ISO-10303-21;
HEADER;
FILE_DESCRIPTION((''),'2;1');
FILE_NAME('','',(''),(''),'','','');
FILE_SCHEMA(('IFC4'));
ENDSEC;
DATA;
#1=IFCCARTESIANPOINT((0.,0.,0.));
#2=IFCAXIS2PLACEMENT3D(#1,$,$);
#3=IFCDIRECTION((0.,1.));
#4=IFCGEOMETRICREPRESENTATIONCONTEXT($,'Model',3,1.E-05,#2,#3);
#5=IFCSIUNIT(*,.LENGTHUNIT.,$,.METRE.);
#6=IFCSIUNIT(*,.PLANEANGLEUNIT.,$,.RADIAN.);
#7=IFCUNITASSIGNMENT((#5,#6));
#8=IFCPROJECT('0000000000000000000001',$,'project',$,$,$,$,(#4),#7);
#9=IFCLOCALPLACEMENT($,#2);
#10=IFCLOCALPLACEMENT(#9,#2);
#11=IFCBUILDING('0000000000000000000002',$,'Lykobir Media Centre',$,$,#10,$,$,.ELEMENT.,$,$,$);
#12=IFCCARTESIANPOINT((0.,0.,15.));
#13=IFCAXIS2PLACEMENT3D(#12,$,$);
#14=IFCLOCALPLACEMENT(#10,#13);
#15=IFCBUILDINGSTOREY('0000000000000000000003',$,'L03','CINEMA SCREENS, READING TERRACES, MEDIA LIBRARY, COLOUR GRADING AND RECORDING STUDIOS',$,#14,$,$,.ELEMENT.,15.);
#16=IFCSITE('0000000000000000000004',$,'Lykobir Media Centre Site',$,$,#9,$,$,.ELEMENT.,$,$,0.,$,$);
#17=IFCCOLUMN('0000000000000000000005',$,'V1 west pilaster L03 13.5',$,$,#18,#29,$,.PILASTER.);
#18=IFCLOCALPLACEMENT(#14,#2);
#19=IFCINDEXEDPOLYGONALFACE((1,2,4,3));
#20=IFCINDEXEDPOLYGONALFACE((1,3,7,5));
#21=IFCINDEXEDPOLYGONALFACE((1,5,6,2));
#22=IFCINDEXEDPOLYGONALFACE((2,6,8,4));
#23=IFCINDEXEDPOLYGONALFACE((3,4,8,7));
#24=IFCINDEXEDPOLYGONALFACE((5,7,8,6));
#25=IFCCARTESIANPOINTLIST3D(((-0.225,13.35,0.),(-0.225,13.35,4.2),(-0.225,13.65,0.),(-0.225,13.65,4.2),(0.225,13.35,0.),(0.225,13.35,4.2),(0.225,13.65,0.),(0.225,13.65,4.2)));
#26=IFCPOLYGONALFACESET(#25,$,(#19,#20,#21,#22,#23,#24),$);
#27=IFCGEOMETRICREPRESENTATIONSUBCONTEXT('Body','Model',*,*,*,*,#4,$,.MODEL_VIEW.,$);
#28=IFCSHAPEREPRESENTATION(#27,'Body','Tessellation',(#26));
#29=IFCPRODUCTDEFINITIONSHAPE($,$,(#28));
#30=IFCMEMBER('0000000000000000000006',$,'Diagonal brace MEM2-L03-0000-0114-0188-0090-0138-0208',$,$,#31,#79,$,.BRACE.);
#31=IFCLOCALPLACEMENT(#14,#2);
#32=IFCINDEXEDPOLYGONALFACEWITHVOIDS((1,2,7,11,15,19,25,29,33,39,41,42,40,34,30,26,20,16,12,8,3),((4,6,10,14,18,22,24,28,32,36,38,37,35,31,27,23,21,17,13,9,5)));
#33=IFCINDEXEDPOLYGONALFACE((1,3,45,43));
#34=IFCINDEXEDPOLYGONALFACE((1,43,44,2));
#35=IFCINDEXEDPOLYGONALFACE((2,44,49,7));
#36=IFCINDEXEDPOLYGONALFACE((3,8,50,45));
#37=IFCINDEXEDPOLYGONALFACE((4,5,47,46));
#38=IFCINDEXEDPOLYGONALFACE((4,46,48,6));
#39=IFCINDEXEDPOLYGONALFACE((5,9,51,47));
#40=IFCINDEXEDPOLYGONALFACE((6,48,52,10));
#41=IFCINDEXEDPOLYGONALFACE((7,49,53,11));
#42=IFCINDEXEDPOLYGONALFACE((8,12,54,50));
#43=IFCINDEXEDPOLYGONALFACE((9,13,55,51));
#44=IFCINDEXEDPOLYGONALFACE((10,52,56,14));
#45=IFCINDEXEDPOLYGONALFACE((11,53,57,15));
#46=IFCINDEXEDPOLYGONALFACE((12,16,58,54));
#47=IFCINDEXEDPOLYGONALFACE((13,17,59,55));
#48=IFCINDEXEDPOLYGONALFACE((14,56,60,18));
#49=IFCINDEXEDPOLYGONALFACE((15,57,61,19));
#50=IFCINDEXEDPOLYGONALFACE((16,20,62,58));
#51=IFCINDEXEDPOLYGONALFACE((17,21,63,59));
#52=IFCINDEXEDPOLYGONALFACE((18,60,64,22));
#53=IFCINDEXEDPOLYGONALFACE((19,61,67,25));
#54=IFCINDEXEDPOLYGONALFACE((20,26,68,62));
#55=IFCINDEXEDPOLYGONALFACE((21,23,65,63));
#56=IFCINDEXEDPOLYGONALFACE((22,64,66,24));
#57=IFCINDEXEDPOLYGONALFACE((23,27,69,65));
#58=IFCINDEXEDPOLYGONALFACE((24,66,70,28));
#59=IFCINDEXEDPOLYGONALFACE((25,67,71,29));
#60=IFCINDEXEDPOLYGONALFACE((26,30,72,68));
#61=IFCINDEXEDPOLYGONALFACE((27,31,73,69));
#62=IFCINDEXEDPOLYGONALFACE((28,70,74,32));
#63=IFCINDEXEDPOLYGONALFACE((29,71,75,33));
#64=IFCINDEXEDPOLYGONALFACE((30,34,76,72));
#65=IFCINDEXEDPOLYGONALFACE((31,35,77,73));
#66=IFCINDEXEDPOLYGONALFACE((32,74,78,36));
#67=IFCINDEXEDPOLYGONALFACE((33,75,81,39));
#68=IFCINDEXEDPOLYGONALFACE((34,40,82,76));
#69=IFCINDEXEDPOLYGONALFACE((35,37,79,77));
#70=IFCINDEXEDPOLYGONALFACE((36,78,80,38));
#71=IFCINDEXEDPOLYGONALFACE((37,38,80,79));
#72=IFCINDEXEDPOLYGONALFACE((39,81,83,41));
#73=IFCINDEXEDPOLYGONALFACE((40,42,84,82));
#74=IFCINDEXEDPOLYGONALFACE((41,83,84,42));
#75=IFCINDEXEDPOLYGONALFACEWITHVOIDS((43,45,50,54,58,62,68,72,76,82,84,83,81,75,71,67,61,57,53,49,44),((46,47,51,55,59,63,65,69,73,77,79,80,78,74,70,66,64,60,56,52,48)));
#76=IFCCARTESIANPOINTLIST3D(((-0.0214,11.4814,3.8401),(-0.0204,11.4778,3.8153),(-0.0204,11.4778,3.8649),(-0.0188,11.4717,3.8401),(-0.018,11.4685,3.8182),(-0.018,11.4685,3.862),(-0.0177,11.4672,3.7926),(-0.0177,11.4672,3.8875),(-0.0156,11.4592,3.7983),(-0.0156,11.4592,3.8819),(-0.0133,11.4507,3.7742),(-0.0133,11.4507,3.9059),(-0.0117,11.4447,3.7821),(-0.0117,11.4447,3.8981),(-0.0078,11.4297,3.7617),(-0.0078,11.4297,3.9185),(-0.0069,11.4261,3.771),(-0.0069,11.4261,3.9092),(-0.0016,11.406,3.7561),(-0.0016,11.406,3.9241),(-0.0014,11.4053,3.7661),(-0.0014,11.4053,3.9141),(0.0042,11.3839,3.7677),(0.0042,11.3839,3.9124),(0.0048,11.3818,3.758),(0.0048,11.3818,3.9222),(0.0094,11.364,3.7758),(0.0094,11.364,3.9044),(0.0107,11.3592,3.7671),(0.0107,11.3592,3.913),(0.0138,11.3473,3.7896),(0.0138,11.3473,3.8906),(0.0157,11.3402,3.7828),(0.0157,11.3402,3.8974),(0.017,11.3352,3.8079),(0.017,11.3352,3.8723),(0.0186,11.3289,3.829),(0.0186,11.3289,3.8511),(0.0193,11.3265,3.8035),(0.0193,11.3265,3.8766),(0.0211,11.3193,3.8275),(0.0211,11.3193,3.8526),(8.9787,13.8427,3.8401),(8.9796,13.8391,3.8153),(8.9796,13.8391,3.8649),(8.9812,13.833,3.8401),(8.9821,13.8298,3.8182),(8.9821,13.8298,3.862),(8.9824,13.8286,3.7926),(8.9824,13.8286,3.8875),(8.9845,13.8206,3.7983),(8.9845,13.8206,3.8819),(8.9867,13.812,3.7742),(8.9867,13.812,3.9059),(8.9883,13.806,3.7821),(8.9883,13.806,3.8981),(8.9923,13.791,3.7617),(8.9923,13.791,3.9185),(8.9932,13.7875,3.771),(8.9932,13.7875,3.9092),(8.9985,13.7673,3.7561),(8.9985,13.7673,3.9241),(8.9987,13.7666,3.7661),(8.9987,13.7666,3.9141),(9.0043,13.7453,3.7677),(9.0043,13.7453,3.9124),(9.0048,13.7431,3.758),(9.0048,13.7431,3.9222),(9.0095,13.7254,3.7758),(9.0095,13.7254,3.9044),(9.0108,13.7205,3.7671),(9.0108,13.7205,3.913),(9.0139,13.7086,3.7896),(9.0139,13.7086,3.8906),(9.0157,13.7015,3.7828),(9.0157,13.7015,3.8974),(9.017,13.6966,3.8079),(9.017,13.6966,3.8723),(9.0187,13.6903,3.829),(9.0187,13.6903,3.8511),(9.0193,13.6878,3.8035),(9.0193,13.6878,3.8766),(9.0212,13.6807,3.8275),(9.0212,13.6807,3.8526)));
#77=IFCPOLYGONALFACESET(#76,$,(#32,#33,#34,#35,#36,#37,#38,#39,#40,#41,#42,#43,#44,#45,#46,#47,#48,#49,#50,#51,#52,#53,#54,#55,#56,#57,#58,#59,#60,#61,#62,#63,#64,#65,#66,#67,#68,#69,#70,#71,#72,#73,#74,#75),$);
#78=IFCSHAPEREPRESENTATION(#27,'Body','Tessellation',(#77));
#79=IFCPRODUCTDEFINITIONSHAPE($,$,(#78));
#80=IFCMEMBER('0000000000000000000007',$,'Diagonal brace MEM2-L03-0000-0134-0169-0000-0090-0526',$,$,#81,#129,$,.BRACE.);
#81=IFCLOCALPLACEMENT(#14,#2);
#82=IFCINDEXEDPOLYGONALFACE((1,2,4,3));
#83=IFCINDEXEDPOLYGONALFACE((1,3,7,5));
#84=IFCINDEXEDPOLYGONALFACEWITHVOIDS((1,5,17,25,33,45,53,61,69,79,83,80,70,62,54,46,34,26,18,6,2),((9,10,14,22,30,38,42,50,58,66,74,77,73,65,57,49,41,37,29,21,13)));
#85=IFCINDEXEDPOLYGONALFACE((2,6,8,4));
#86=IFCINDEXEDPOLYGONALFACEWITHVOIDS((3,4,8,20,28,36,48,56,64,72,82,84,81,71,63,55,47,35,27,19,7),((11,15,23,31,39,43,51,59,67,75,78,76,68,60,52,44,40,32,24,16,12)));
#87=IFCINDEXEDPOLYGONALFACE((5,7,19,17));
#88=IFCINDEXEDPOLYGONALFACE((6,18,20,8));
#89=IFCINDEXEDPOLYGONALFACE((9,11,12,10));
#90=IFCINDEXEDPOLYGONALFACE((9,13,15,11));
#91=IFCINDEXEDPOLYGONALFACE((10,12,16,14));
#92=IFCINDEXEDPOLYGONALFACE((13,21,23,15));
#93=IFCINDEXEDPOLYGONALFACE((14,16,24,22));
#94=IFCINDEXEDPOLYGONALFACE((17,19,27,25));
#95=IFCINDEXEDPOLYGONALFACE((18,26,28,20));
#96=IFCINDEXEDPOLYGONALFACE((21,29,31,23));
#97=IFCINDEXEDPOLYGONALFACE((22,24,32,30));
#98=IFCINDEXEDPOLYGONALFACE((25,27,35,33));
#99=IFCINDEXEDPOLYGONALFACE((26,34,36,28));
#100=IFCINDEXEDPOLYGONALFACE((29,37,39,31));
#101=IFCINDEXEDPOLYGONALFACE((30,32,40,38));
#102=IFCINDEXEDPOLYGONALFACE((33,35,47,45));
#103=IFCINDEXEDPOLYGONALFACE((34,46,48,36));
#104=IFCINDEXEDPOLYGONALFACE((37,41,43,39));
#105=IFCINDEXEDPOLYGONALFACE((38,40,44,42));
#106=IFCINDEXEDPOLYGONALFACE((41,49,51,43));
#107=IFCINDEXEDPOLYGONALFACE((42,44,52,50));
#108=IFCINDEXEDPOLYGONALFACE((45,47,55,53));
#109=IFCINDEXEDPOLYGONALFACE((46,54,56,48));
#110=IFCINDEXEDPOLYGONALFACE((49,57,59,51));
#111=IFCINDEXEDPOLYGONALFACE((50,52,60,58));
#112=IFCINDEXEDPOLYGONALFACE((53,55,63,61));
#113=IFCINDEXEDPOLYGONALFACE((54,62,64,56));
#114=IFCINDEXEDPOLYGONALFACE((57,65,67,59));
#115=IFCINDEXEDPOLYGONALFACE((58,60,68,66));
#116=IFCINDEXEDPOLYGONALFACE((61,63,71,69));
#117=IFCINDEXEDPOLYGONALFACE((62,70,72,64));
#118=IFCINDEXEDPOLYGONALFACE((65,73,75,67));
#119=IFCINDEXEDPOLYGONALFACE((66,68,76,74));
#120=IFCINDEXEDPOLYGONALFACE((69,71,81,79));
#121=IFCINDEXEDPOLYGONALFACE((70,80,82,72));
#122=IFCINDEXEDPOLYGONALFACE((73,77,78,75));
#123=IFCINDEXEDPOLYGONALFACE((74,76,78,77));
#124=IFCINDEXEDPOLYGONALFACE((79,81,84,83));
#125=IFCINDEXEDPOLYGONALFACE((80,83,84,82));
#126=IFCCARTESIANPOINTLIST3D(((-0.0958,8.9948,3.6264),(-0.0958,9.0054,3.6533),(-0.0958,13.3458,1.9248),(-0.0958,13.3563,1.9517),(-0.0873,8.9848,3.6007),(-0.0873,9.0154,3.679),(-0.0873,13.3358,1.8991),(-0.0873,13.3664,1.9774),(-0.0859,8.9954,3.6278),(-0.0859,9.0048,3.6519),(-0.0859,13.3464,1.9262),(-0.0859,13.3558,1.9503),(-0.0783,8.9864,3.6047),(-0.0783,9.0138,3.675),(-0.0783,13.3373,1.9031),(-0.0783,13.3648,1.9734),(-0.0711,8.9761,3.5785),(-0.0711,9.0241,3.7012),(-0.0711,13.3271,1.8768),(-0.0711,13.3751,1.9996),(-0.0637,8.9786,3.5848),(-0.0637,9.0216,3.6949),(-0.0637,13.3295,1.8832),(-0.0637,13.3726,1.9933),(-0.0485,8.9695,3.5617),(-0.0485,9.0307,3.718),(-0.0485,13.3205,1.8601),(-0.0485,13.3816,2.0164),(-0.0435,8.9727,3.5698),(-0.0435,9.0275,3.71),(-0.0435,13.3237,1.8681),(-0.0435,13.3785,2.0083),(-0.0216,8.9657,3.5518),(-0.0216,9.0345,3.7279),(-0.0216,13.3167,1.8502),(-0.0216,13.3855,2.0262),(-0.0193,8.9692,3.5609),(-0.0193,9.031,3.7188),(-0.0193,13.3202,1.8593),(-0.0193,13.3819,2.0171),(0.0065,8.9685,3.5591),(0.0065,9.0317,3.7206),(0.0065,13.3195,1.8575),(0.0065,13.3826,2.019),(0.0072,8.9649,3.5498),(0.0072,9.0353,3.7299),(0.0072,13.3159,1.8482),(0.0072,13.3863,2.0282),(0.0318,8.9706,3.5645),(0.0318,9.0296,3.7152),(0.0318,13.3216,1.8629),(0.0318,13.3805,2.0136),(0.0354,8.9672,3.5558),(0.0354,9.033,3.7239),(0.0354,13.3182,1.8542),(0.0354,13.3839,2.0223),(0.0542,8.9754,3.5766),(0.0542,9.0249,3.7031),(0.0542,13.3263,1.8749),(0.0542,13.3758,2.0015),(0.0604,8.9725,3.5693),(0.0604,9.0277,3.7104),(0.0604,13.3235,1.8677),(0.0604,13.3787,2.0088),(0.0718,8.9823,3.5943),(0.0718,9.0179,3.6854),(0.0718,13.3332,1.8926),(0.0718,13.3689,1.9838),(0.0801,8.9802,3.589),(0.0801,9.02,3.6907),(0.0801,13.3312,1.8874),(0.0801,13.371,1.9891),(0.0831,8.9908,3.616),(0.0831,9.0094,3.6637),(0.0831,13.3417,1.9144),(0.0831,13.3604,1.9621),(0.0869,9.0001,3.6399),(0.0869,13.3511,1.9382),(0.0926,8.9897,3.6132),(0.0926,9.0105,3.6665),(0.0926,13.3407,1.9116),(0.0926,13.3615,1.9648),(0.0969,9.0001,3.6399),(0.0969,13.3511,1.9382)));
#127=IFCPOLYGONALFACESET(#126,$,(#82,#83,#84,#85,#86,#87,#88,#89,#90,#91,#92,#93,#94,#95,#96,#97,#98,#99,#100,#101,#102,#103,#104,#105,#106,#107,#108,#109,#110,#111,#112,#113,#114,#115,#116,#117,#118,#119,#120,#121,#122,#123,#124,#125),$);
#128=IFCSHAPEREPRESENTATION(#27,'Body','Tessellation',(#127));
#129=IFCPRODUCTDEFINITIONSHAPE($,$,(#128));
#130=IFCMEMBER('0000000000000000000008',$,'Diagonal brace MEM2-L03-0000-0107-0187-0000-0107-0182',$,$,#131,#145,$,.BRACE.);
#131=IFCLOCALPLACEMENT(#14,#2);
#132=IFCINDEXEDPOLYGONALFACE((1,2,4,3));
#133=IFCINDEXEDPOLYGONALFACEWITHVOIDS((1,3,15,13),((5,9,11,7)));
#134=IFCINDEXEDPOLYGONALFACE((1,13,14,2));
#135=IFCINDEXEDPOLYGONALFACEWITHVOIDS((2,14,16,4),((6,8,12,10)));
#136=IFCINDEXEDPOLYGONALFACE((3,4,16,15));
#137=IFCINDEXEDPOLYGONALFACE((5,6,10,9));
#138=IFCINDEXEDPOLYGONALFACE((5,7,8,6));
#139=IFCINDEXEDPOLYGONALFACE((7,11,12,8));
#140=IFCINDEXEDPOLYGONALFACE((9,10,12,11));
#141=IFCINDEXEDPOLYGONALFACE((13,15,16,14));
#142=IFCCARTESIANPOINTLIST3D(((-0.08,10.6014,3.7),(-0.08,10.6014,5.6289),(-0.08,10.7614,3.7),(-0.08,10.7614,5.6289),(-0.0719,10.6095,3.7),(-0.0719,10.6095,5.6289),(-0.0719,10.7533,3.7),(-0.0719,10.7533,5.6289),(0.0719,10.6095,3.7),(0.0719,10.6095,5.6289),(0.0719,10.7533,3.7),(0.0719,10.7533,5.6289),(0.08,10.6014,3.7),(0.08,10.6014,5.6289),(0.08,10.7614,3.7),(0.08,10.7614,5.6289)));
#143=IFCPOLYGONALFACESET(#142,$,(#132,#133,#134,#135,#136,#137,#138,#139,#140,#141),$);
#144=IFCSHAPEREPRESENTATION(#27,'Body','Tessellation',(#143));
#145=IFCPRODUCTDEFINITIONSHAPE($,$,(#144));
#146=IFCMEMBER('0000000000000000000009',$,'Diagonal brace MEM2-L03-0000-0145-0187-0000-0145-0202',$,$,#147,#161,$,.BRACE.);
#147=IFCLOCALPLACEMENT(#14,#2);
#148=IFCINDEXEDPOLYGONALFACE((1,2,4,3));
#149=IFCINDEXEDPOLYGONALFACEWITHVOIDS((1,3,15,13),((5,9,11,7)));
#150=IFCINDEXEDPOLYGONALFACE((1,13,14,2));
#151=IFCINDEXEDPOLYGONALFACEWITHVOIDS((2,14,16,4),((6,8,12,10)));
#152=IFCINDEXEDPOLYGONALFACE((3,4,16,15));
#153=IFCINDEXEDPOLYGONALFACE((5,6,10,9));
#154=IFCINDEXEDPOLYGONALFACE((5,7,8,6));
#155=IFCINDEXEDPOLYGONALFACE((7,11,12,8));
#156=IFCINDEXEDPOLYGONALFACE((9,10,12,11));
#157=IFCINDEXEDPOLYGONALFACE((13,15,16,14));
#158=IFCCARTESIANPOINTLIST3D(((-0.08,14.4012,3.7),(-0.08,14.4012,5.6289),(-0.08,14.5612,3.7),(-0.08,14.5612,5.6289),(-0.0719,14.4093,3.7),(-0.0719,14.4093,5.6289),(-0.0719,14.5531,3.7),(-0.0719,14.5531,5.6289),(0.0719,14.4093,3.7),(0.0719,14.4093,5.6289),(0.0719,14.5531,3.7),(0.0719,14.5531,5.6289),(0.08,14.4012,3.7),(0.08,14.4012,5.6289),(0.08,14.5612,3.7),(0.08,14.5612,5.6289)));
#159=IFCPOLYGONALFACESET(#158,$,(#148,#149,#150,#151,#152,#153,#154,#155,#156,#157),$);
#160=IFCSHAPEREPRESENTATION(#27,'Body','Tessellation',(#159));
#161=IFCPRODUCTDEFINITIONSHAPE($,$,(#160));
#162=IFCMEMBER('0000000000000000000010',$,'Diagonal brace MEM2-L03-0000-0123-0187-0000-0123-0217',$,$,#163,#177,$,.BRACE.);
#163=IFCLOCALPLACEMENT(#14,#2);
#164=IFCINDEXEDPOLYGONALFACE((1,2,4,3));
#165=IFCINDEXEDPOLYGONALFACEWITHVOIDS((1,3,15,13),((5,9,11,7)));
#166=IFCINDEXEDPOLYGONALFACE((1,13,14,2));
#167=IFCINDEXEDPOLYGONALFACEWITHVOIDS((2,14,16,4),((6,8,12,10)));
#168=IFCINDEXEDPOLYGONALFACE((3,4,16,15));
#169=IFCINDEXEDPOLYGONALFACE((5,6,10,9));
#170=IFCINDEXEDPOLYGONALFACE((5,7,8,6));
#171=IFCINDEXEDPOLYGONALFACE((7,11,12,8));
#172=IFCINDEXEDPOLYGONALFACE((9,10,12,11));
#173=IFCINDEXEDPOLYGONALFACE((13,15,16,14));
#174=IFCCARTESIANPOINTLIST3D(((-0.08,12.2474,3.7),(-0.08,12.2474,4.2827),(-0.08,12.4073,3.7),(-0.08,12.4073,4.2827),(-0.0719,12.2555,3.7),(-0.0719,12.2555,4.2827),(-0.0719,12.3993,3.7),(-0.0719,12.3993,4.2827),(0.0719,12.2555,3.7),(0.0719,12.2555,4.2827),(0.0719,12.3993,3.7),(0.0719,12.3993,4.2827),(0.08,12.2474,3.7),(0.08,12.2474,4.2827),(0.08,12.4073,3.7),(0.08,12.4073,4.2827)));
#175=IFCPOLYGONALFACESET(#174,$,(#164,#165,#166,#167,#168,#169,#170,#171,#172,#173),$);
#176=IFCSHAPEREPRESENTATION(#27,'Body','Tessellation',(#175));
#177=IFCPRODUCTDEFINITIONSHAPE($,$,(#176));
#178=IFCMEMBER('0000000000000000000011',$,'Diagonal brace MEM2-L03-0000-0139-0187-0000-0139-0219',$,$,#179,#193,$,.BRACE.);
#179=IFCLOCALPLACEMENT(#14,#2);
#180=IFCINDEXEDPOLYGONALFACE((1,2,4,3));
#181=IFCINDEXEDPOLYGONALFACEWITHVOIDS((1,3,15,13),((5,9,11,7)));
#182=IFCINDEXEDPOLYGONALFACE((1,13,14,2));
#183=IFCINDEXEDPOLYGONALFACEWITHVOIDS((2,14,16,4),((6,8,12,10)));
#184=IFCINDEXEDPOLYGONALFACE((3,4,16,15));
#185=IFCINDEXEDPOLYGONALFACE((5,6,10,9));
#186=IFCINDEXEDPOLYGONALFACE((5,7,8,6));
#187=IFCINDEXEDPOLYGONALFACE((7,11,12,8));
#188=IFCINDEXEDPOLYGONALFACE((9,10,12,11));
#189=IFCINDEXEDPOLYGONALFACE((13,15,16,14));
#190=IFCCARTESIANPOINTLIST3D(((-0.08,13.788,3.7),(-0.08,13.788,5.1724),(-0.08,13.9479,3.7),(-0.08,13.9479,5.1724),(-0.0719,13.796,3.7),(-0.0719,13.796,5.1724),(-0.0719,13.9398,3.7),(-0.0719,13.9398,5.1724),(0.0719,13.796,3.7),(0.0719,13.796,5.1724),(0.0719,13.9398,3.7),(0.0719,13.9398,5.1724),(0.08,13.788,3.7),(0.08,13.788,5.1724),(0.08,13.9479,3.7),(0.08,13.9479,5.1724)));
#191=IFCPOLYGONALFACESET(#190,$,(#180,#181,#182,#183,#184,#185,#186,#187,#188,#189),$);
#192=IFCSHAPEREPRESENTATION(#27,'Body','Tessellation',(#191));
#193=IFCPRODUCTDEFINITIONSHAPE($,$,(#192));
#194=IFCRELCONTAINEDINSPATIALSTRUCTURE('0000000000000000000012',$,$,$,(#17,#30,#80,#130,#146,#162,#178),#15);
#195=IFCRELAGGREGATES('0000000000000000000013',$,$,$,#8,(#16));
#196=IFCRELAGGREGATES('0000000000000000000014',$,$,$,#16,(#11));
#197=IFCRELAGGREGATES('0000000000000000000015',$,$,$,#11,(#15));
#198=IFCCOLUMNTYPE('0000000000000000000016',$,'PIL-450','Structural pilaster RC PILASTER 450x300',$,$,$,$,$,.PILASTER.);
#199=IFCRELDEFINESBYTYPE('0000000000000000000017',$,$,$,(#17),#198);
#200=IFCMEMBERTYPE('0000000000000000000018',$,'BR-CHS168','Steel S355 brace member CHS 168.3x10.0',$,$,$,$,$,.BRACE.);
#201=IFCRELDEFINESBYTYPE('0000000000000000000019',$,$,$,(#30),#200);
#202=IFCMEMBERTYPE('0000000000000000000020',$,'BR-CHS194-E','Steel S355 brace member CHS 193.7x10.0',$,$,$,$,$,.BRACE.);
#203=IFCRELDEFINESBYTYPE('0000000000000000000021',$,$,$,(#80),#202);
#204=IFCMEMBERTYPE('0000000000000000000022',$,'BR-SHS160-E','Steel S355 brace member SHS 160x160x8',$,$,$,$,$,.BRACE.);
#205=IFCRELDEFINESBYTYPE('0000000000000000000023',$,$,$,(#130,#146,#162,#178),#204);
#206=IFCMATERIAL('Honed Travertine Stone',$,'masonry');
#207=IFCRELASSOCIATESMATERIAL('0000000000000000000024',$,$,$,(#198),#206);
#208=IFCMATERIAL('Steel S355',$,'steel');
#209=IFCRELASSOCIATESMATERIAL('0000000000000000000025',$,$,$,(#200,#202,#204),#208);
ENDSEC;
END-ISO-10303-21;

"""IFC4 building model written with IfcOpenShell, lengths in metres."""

from ifc_helpers import new_model, si_unit, direction, frame, origin, origin_2d, place, context, subcontext, project, spatial, rectangle, hollow_rectangle, hollow_circle, extrude, material, material_profile, profile_set, type_object, element, save


model = new_model("IFC4")

# Units and contexts
model_context = context("Model", 3, precision=1e-05, world=origin(), true_north=direction((0.0, 1.0)))
body_context = subcontext(model_context, "Body", "Model", "MODEL_VIEW")
ifc_project = project(units=[si_unit("LENGTHUNIT", "METRE"), si_unit("PLANEANGLEUNIT", "RADIAN")], contexts=[model_context])

# Site, building, storey
site_placement = place(None, origin())
site = spatial("IfcSite", under=ifc_project, at=site_placement, Name="Lykobir Media Centre Site", CompositionType="ELEMENT", RefElevation=0.0)
building_placement = place(site_placement, origin())
building = spatial("IfcBuilding", under=site, at=building_placement, Name="Lykobir Media Centre", CompositionType="ELEMENT")
storey_placement = place(building_placement, frame((0.0, 0.0, 15.0)))
storey = spatial("IfcBuildingStorey", under=building, at=storey_placement, Name="L03", Description="CINEMA SCREENS, READING TERRACES, MEDIA LIBRARY, COLOUR GRADING AND RECORDING STUDIOS", CompositionType="ELEMENT", Elevation=15.0)

# Column
ifc_material_1 = material(Name="Honed Travertine Stone", Category="masonry")
ifc_material_profile_1 = material_profile(ifc_material_1, rectangle(XDim=0.3, YDim=0.45, at=origin_2d()), Name="RC PILASTER 450x300")
ifc_profile_set_1 = profile_set([ifc_material_profile_1], Name="Honed Travertine Stone")
column_type = type_object("IfcColumnType", Name="PIL-450", Description="Structural pilaster RC PILASTER 450x300", PredefinedType="PILASTER", material=ifc_profile_set_1)
column_placement = place(storey_placement, frame((0.0, 13.5, 0.0), z_axis=(0.0, 0.0, 1.0), x_axis=(0.0, 1.0, 0.0)))
element("IfcColumn", 1, at=column_placement, inside=storey, type_object=column_type, Name="V1 west pilaster L03 13.5", PredefinedType="PILASTER", context=body_context, shape_type="SweptSolid", body=[
    extrude(rectangle(XDim=0.3, YDim=0.45, at=origin_2d()), origin(), (0.0, 0.0, 1.0), 4.2),
])

# Members
ifc_material_2 = material(Name="Steel S355", Category="steel")
ifc_material_profile_2 = material_profile(ifc_material_2, hollow_circle(Radius=0.0842, WallThickness=0.01, at=origin_2d()), Name="CHS 168.3x10.0")
ifc_profile_set_2 = profile_set([ifc_material_profile_2], Name="Steel S355")
member_type_1 = type_object("IfcMemberType", Name="BR-CHS168", Description="Steel S355 brace member CHS 168.3x10.0", PredefinedType="BRACE", material=ifc_profile_set_2)
member_1_placement = place(storey_placement, frame((0.0, 11.3999, 3.8401), z_axis=(0.967262, 0.25378, 0.0), x_axis=(-0.25378, 0.967262, 0.0)))
element("IfcMember", 2, at=member_1_placement, inside=storey, type_object=member_type_1, Name="Diagonal brace MEM2-L03-0000-0114-0188-0090-0138-0208", PredefinedType="BRACE", context=body_context, shape_type="SweptSolid", body=[
    extrude(hollow_circle(Radius=0.0842, WallThickness=0.01, at=origin_2d()), origin(), (0.0, 0.0, 1.0), 9.3047),
])
ifc_material_profile_3 = material_profile(ifc_material_2, hollow_circle(Radius=0.0969, WallThickness=0.01, at=origin_2d()), Name="CHS 193.7x10.0")
ifc_profile_set_3 = profile_set([ifc_material_profile_3], Name="Steel S355")
member_type_2 = type_object("IfcMemberType", Name="BR-CHS194-E", Description="Steel S355 brace member CHS 193.7x10.0", PredefinedType="BRACE", material=ifc_profile_set_3)
member_2_placement = place(storey_placement, frame((0.0, 13.3511, 1.9382), z_axis=(0.0, -0.931311, 0.364226), x_axis=(1.0, 0.0, 0.0)))
element("IfcMember", 3, at=member_2_placement, inside=storey, type_object=member_type_2, Name="Diagonal brace MEM2-L03-0000-0134-0169-0000-0090-0526", PredefinedType="BRACE", context=body_context, shape_type="SweptSolid", body=[
    extrude(hollow_circle(Radius=0.0969, WallThickness=0.01, at=origin_2d()), origin(), (0.0, 0.0, 1.0), 4.6719),
])
ifc_material_profile_4 = material_profile(ifc_material_2, hollow_rectangle(XDim=0.1599, YDim=0.1599, WallThickness=0.0081, at=origin_2d()), Name="SHS 160x160x8")
ifc_profile_set_4 = profile_set([ifc_material_profile_4], Name="Steel S355")
member_type_3 = type_object("IfcMemberType", Name="BR-SHS160-E", Description="Steel S355 brace member SHS 160x160x8", PredefinedType="BRACE", material=ifc_profile_set_4)
for number, where, z_axis, x_axis, name in (
    (4, (0.0, 10.6814, 3.7), (0.0, 0.0, 1.0), (1.0, 0.0, 0.0), "Diagonal brace MEM2-L03-0000-0107-0187-0000-0107-0182"),
    (5, (0.0, 14.4812, 3.7), (0.0, 0.0, 1.0), (1.0, 0.0, 0.0), "Diagonal brace MEM2-L03-0000-0145-0187-0000-0145-0202"),
):
    element("IfcMember", number, at=place(storey_placement, frame(where, z_axis=z_axis, x_axis=x_axis)), inside=storey, type_object=member_type_3, Name=name, PredefinedType="BRACE", context=body_context, shape_type="SweptSolid", body=[
        extrude(hollow_rectangle(XDim=0.1599, YDim=0.1599, WallThickness=0.0081, at=origin_2d()), origin(), (0.0, 0.0, 1.0), 1.929),
    ])
member_3_placement = place(storey_placement, frame((0.0, 12.3274, 3.7), z_axis=(0.0, 0.0, 1.0), x_axis=(1.0, 0.0, 0.0)))
element("IfcMember", 6, at=member_3_placement, inside=storey, type_object=member_type_3, Name="Diagonal brace MEM2-L03-0000-0123-0187-0000-0123-0217", PredefinedType="BRACE", context=body_context, shape_type="SweptSolid", body=[
    extrude(hollow_rectangle(XDim=0.1599, YDim=0.1599, WallThickness=0.0081, at=origin_2d()), origin(), (0.0, 0.0, 1.0), 0.5828),
])
member_4_placement = place(storey_placement, frame((0.0, 13.8679, 3.7), z_axis=(0.0, 0.0, 1.0), x_axis=(1.0, 0.0, 0.0)))
element("IfcMember", 7, at=member_4_placement, inside=storey, type_object=member_type_3, Name="Diagonal brace MEM2-L03-0000-0139-0187-0000-0139-0219", PredefinedType="BRACE", context=body_context, shape_type="SweptSolid", body=[
    extrude(hollow_rectangle(XDim=0.1599, YDim=0.1599, WallThickness=0.0081, at=origin_2d()), origin(), (0.0, 0.0, 1.0), 1.4724),
])

save(model, "model.ifc")
